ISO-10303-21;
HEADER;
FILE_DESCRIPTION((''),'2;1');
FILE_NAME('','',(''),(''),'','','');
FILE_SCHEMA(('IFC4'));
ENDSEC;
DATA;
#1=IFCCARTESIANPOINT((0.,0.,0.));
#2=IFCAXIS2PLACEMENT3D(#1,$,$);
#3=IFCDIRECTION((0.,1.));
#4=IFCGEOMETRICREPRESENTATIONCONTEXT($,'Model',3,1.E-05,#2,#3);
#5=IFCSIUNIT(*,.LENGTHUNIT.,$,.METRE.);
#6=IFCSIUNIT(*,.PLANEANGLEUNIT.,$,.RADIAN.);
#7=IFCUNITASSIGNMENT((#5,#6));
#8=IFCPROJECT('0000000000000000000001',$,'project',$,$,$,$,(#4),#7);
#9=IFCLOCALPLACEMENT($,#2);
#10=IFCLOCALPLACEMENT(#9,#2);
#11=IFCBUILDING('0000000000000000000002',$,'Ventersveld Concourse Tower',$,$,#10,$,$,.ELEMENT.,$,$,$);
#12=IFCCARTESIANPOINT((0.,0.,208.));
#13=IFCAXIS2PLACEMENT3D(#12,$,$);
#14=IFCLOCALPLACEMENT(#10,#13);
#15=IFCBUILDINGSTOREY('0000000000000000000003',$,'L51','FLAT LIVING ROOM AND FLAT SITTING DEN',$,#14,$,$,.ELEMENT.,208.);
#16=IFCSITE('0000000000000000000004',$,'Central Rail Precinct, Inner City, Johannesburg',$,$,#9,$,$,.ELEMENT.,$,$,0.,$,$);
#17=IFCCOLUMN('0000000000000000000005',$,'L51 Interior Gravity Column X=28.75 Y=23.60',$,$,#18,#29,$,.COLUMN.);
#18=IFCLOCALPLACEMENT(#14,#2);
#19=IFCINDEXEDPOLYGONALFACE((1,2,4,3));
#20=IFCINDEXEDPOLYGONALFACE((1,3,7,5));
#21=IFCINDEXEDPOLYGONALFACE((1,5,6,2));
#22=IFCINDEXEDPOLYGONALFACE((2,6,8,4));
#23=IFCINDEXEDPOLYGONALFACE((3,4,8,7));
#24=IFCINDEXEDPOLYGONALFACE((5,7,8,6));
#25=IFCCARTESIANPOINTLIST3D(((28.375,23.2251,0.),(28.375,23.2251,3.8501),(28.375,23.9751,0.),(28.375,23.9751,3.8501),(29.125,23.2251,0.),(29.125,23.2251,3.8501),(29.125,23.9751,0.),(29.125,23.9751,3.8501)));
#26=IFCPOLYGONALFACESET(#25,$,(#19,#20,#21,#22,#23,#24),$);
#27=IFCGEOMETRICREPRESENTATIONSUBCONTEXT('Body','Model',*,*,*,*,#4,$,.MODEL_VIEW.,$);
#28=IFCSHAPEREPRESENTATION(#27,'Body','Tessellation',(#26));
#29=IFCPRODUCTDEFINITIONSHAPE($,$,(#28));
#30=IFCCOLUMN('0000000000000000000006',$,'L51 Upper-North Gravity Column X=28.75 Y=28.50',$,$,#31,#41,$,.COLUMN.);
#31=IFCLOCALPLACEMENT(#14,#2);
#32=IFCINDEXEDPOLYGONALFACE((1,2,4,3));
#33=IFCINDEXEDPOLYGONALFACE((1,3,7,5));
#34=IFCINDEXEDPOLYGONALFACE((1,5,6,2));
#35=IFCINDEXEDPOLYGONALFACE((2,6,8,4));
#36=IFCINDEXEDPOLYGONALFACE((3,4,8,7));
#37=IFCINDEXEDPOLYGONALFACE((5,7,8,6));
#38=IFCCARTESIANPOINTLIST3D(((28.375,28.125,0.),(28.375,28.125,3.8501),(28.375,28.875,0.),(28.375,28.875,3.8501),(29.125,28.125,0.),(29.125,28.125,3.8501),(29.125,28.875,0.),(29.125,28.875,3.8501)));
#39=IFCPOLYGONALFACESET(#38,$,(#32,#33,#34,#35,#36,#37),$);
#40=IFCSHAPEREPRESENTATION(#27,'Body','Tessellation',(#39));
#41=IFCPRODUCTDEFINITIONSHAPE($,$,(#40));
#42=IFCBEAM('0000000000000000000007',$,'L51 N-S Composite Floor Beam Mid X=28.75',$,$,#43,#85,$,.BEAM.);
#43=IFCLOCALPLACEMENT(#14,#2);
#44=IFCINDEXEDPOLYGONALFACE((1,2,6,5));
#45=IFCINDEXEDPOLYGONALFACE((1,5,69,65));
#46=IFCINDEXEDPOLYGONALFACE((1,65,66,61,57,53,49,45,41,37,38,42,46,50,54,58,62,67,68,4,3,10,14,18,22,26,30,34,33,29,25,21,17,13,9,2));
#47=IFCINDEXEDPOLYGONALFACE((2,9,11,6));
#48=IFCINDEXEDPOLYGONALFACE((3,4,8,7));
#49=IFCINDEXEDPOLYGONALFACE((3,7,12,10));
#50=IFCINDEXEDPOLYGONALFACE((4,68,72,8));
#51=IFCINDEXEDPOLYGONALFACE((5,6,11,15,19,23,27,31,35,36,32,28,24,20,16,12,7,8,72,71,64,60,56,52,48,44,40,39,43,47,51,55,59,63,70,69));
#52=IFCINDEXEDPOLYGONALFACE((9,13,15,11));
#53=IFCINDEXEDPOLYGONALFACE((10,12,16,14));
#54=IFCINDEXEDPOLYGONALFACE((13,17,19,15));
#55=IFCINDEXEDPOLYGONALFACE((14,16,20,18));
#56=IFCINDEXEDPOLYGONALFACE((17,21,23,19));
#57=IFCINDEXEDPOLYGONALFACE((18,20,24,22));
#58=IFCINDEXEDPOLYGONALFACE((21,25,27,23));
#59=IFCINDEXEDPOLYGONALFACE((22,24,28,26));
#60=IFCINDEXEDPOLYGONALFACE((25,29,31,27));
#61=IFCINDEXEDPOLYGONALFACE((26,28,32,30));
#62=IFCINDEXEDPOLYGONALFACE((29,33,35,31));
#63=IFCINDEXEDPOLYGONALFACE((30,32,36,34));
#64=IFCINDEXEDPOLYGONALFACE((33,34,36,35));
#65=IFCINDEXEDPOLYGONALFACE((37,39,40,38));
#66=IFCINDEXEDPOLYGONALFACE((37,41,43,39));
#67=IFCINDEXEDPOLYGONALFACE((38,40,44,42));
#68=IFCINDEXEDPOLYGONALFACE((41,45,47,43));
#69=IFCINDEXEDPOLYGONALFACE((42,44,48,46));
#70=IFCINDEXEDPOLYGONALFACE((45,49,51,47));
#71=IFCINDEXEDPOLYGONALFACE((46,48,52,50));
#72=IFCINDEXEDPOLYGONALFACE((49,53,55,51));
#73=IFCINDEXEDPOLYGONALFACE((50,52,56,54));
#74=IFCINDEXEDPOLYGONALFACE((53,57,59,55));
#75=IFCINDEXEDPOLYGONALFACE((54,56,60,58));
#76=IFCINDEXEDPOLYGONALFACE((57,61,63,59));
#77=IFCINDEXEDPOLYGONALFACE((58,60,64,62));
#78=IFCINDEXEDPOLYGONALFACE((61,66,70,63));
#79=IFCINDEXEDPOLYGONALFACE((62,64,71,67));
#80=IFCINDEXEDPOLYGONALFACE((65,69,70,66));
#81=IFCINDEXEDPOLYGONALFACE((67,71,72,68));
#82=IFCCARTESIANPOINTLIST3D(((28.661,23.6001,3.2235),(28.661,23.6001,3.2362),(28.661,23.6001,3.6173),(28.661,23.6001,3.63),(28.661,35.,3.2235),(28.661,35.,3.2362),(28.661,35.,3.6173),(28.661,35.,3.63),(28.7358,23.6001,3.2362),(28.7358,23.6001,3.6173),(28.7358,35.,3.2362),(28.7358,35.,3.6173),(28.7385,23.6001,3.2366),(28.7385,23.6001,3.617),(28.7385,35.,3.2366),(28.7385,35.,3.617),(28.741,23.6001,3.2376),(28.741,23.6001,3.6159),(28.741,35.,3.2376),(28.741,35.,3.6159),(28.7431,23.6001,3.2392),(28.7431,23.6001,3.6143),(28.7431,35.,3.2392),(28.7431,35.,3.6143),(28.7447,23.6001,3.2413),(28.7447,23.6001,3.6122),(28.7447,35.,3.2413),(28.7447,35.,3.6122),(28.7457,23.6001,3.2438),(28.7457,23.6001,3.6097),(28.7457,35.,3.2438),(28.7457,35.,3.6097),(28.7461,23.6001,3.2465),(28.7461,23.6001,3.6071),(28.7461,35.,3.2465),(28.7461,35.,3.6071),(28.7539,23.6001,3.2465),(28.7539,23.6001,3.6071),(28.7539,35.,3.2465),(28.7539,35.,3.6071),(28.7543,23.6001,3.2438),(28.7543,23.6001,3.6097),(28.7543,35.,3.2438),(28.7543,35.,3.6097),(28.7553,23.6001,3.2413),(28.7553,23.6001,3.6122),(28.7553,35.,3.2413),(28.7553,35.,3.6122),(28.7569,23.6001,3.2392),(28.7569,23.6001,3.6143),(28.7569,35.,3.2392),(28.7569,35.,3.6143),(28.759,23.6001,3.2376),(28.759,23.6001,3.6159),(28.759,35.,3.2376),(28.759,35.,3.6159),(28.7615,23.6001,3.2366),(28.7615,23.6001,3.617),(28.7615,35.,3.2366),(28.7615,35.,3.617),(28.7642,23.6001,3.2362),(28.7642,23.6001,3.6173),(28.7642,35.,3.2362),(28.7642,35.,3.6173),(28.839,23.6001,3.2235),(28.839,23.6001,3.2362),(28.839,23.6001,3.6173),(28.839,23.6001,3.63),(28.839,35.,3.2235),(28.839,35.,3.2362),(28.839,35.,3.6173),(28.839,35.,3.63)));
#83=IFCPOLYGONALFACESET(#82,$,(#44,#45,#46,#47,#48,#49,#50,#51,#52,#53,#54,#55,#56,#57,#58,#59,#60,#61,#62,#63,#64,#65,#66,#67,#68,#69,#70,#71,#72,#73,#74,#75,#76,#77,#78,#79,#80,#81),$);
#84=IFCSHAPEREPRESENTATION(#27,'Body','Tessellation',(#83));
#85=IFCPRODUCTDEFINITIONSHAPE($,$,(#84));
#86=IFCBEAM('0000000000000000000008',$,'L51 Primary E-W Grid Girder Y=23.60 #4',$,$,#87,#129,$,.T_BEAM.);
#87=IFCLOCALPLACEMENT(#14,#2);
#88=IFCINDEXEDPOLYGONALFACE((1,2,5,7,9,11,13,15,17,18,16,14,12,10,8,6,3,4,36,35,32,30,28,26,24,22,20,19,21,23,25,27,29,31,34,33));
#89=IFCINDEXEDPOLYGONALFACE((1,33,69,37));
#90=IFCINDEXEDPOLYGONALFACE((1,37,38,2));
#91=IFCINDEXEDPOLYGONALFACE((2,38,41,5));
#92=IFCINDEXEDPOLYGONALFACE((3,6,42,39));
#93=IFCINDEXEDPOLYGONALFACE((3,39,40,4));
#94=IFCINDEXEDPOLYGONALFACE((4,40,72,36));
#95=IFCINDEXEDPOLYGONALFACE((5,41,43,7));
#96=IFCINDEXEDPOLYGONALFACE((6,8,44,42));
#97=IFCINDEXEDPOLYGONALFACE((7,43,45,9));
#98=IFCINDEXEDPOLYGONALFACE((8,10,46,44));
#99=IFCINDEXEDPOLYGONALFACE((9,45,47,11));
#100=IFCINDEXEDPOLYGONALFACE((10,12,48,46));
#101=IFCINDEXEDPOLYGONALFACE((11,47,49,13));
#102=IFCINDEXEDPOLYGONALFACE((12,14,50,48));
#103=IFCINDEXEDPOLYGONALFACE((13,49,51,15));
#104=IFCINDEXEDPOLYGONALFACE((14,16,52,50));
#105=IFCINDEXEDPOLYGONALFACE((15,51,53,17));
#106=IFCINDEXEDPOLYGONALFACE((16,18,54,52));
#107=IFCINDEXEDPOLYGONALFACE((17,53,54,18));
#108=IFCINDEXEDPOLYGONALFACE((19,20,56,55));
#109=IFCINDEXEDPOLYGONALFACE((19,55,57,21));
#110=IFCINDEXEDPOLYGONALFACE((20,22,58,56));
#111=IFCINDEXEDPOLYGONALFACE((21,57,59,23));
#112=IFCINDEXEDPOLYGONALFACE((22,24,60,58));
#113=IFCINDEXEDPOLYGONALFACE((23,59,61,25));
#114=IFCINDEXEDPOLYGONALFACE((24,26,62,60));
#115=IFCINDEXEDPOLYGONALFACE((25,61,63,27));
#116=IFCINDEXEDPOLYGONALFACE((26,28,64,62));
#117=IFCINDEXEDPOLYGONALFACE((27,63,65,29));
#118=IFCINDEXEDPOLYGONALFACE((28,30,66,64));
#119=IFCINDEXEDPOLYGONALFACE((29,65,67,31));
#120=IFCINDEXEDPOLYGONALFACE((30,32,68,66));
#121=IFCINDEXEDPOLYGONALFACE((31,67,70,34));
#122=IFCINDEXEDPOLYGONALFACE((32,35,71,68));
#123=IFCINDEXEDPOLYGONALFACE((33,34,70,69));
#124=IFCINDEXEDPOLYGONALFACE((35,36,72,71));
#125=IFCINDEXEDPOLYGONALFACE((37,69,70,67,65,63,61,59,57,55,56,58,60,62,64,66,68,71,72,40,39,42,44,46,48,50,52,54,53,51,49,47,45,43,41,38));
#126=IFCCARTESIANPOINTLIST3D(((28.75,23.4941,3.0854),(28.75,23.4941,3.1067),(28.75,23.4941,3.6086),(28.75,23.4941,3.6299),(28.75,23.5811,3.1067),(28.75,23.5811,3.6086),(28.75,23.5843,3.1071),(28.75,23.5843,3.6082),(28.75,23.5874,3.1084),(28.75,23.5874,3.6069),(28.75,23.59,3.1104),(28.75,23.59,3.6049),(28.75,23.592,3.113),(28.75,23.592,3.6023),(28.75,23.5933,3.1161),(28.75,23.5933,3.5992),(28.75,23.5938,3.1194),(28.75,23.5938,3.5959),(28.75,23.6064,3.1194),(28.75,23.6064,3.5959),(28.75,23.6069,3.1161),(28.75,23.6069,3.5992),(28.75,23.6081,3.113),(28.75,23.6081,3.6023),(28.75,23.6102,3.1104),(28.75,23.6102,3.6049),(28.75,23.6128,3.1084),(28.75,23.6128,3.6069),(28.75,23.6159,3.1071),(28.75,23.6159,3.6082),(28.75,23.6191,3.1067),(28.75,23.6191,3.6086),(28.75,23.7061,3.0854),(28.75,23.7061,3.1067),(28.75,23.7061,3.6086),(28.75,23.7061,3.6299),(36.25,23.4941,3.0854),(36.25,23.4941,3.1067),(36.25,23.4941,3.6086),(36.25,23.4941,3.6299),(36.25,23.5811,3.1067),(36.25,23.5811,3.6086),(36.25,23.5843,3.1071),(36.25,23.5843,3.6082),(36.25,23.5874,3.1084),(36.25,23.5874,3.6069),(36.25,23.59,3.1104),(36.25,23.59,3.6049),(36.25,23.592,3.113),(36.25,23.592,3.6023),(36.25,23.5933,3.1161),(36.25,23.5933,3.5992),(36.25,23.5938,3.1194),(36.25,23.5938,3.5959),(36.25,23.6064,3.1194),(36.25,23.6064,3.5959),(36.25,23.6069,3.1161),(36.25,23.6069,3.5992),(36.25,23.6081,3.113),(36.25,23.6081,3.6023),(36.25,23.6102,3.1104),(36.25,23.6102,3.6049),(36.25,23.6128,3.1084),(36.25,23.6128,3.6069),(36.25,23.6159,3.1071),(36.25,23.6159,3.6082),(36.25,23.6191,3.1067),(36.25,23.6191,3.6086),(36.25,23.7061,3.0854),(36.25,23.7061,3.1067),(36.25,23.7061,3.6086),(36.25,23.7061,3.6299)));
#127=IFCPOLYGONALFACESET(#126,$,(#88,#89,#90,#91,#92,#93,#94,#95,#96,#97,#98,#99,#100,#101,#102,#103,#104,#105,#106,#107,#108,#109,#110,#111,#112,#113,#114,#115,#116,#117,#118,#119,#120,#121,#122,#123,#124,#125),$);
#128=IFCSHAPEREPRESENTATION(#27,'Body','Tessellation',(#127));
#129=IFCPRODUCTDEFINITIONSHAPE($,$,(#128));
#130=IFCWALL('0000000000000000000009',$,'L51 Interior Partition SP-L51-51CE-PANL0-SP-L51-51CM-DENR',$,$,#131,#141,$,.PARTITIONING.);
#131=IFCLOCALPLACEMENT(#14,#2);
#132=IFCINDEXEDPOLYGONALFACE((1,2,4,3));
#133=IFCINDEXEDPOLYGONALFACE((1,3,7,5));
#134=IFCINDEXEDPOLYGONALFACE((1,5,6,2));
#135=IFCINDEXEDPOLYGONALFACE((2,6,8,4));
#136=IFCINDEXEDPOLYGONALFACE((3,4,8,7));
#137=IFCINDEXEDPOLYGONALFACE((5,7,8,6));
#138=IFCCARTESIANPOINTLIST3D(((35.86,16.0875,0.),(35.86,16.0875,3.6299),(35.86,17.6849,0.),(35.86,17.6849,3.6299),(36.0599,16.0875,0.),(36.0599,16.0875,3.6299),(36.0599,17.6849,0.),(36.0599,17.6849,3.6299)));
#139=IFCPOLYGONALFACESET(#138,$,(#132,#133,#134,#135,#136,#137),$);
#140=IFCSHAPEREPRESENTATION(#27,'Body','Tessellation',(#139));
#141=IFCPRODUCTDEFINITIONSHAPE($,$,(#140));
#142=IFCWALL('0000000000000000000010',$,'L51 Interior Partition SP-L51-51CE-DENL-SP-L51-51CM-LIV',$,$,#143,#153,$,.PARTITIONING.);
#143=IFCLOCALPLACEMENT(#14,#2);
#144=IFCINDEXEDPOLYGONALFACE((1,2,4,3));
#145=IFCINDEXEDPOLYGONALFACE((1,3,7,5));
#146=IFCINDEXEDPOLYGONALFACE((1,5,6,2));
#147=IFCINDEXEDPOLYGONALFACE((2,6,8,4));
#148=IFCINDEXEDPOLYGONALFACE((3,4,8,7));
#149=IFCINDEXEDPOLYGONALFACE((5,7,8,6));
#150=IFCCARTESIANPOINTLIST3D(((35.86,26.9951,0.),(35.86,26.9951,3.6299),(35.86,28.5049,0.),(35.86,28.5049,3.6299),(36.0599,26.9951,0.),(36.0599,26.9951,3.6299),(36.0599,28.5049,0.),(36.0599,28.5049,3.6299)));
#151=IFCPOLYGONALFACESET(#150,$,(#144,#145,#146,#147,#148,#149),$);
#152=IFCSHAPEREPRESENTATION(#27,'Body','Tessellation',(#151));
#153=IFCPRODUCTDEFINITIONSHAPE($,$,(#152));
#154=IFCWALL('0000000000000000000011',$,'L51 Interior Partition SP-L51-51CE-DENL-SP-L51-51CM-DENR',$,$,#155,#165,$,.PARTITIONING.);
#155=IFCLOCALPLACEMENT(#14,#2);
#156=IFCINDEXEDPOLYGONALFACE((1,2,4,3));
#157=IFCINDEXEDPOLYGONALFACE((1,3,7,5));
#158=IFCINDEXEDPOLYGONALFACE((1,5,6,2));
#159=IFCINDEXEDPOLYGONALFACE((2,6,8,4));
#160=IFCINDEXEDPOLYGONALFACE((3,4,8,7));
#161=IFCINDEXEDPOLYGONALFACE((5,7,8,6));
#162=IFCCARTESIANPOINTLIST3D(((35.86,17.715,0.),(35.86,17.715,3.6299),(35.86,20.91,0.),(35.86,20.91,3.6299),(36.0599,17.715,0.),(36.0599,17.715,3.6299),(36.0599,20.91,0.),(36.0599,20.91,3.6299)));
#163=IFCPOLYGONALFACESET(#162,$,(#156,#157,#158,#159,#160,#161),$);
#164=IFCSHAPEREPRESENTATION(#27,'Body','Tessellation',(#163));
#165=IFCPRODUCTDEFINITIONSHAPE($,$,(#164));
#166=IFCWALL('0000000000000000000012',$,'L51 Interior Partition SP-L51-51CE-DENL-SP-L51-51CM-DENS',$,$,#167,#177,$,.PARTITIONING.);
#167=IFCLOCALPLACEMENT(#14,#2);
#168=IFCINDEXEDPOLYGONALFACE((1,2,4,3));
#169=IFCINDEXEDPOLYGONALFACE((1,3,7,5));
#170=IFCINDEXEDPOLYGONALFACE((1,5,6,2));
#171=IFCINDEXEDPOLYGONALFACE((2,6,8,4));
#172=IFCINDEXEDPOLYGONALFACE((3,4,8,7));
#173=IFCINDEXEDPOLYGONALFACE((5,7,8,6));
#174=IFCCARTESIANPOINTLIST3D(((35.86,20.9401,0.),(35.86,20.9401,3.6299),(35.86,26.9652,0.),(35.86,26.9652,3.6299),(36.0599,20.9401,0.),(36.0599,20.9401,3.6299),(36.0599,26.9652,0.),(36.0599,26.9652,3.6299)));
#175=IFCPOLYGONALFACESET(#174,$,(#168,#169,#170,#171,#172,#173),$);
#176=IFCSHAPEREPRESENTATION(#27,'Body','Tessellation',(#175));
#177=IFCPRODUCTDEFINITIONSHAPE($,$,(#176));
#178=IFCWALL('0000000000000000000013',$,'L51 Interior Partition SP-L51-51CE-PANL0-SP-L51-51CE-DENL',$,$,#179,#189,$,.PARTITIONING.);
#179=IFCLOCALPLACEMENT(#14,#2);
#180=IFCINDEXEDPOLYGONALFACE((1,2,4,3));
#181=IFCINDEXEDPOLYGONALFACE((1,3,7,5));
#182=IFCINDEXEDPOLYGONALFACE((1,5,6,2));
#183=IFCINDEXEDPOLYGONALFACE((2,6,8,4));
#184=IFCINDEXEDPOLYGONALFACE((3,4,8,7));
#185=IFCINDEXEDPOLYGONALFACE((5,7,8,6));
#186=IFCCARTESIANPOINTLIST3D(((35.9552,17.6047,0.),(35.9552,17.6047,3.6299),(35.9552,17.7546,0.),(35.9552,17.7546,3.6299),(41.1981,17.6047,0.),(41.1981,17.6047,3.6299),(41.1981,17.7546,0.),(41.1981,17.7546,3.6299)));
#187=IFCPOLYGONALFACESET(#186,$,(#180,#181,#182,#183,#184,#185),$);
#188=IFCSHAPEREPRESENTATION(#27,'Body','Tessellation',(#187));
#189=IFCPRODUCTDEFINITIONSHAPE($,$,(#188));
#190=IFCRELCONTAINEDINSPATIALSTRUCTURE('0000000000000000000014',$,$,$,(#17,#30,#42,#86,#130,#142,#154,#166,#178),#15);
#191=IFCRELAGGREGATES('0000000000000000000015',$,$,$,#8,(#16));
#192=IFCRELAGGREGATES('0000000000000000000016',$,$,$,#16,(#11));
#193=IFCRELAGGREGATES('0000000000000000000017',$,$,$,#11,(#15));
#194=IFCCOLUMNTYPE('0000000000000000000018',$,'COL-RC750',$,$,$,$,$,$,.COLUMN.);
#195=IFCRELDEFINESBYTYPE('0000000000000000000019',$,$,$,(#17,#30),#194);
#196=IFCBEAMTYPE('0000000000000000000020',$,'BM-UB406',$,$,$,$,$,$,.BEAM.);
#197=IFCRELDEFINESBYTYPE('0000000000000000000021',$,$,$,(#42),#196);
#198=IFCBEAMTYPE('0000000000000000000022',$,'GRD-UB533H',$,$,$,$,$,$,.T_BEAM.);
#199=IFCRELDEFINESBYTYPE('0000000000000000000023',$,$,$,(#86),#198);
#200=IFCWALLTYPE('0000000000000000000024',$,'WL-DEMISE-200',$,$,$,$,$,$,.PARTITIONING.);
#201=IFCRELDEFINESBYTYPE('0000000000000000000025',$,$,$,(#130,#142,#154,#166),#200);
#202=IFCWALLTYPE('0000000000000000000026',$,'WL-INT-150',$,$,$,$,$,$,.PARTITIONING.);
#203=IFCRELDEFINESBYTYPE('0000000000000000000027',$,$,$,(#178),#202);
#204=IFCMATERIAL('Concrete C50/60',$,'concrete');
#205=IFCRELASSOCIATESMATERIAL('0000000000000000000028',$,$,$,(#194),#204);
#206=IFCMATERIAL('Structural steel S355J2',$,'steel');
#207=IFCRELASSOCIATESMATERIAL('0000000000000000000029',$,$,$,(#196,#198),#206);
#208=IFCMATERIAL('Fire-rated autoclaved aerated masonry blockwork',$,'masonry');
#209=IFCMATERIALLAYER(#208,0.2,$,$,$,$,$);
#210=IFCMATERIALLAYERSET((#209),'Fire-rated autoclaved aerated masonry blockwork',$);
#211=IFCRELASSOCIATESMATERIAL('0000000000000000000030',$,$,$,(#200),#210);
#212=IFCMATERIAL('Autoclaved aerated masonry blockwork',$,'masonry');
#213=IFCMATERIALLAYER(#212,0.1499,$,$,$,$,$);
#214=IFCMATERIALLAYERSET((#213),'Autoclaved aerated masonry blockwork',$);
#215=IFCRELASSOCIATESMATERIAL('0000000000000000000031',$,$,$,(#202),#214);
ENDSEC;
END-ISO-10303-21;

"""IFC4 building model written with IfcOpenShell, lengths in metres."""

from ifc_helpers import new_model, si_unit, direction, frame, frame_2d, origin, origin_2d, place, context, subcontext, project, spatial, rectangle, i_section, extrude, material, layer, layer_set, material_profile, profile_set, type_object, element, save


model = new_model("IFC4")

# Units and contexts
model_context = context("Model", 3, precision=1e-05, world=origin(), true_north=direction((0.0, 1.0)))
body_context = subcontext(model_context, "Body", "Model", "MODEL_VIEW")
ifc_project = project(units=[si_unit("LENGTHUNIT", "METRE"), si_unit("PLANEANGLEUNIT", "RADIAN")], contexts=[model_context])

# Site, building, storey
site_placement = place(None, origin())
site = spatial("IfcSite", under=ifc_project, at=site_placement, Name="Central Rail Precinct, Inner City, Johannesburg", CompositionType="ELEMENT", RefElevation=0.0)
building_placement = place(site_placement, origin())
building = spatial("IfcBuilding", under=site, at=building_placement, Name="Ventersveld Concourse Tower", CompositionType="ELEMENT")
storey_placement = place(building_placement, frame((0.0, 0.0, 208.0)))
storey = spatial("IfcBuildingStorey", under=building, at=storey_placement, Name="L51", Description="FLAT LIVING ROOM AND FLAT SITTING DEN", CompositionType="ELEMENT", Elevation=208.0)

# Columns
ifc_material_1 = material(Name="Concrete C50/60", Category="concrete")
ifc_material_profile_1 = material_profile(ifc_material_1, rectangle(XDim=0.75, YDim=0.75, at=origin_2d()), Name="RC 750x750")
ifc_profile_set_1 = profile_set([ifc_material_profile_1], Name="Concrete C50/60")
column_type = type_object("IfcColumnType", Name="COL-RC750", PredefinedType="COLUMN", material=ifc_profile_set_1)
for number, where, z_axis, x_axis, name in (
    (1, (28.75, 23.6001, 0.0), (0.0, 0.0, 1.0), (1.0, 0.0, 0.0), "L51 Interior Gravity Column X=28.75 Y=23.60"),
    (2, (28.75, 28.5, 0.0), (0.0, 0.0, 1.0), (1.0, 0.0, 0.0), "L51 Upper-North Gravity Column X=28.75 Y=28.50"),
):
    element("IfcColumn", number, at=place(storey_placement, frame(where, z_axis=z_axis, x_axis=x_axis)), inside=storey, type_object=column_type, Name=name, PredefinedType="COLUMN", context=body_context, shape_type="SweptSolid", body=[
        extrude(rectangle(XDim=0.75, YDim=0.75, at=origin_2d()), origin(), (0.0, 0.0, 1.0), 3.8501),
    ])

# Beams
ifc_material_2 = material(Name="Structural steel S355J2", Category="steel")
ifc_material_profile_2 = material_profile(ifc_material_2, i_section(OverallWidth=0.178, OverallDepth=0.4065, WebThickness=0.0078, FlangeThickness=0.0127, FilletRadius=0.0103, at=origin_2d()), Name="UB 406x178x60")
ifc_profile_set_2 = profile_set([ifc_material_profile_2], Name="Structural steel S355J2")
beam_type_1 = type_object("IfcBeamType", Name="BM-UB406", PredefinedType="BEAM", material=ifc_profile_set_2)
beam_1_placement = place(storey_placement, frame((28.75, 23.6001, 3.4268), z_axis=(0.0, 1.0, 0.0), x_axis=(-1.0, 0.0, 0.0)))
element("IfcBeam", 3, at=beam_1_placement, inside=storey, type_object=beam_type_1, Name="L51 N-S Composite Floor Beam Mid X=28.75", PredefinedType="BEAM", context=body_context, shape_type="SweptSolid", body=[
    extrude(i_section(OverallWidth=0.178, OverallDepth=0.4065, WebThickness=0.0078, FlangeThickness=0.0127, FilletRadius=0.0103, at=origin_2d()), origin(), (0.0, 0.0, 1.0), 11.3999),
])
ifc_material_profile_3 = material_profile(ifc_material_2, i_section(OverallWidth=0.2119, OverallDepth=0.5444, WebThickness=0.0127, FlangeThickness=0.0212, FilletRadius=0.0127, at=origin_2d()), Name="UB 533x210x122")
ifc_profile_set_3 = profile_set([ifc_material_profile_3], Name="Structural steel S355J2")
beam_type_2 = type_object("IfcBeamType", Name="GRD-UB533H", PredefinedType="T_BEAM", material=ifc_profile_set_3)
beam_2_placement = place(storey_placement, frame((28.75, 23.6001, 3.3577), z_axis=(1.0, 0.0, 0.0), x_axis=(0.0, 1.0, 0.0)))
element("IfcBeam", 4, at=beam_2_placement, inside=storey, type_object=beam_type_2, Name="L51 Primary E-W Grid Girder Y=23.60 #4", PredefinedType="T_BEAM", context=body_context, shape_type="SweptSolid", body=[
    extrude(i_section(OverallWidth=0.2119, OverallDepth=0.5444, WebThickness=0.0127, FlangeThickness=0.0212, FilletRadius=0.0127, at=origin_2d()), origin(), (0.0, 0.0, 1.0), 7.5),
])

# Walls
ifc_material_3 = material(Name="Fire-rated autoclaved aerated masonry blockwork", Category="masonry")
ifc_layer_1 = layer(ifc_material_3, 0.2)
ifc_layer_set_1 = layer_set([ifc_layer_1], Name="Fire-rated autoclaved aerated masonry blockwork")
wall_type_1 = type_object("IfcWallType", Name="WL-DEMISE-200", PredefinedType="PARTITIONING", material=ifc_layer_set_1)
wall_1_placement = place(storey_placement, frame((35.96, 16.0874, 0.0), z_axis=(0.0, 0.0, 1.0), x_axis=(0.0, 1.0, 0.0)))
element("IfcWall", 5, at=wall_1_placement, inside=storey, type_object=wall_type_1, Name="L51 Interior Partition SP-L51-51CE-PANL0-SP-L51-51CM-DENR", PredefinedType="PARTITIONING", context=body_context, shape_type="SweptSolid", body=[
    extrude(rectangle(XDim=1.5974, YDim=0.2, at=frame_2d((0.7988, 0.0))), origin(), (0.0, 0.0, 1.0), 3.6299),
])
wall_2_placement = place(storey_placement, frame((35.96, 26.9951, 0.0), z_axis=(0.0, 0.0, 1.0), x_axis=(0.0, 1.0, 0.0)))
element("IfcWall", 6, at=wall_2_placement, inside=storey, type_object=wall_type_1, Name="L51 Interior Partition SP-L51-51CE-DENL-SP-L51-51CM-LIV", PredefinedType="PARTITIONING", context=body_context, shape_type="SweptSolid", body=[
    extrude(rectangle(XDim=1.5098, YDim=0.2, at=frame_2d((0.7549, 0.0))), origin(), (0.0, 0.0, 1.0), 3.6299),
])
wall_3_placement = place(storey_placement, frame((35.96, 17.7148, 0.0), z_axis=(0.0, 0.0, 1.0), x_axis=(0.0, 1.0, 0.0)))
element("IfcWall", 7, at=wall_3_placement, inside=storey, type_object=wall_type_1, Name="L51 Interior Partition SP-L51-51CE-DENL-SP-L51-51CM-DENR", PredefinedType="PARTITIONING", context=body_context, shape_type="SweptSolid", body=[
    extrude(rectangle(XDim=3.1951, YDim=0.2, at=frame_2d((1.5977, 0.0))), origin(), (0.0, 0.0, 1.0), 3.6299),
])
wall_4_placement = place(storey_placement, frame((35.96, 20.9399, 0.0), z_axis=(0.0, 0.0, 1.0), x_axis=(0.0, 1.0, 0.0)))
element("IfcWall", 8, at=wall_4_placement, inside=storey, type_object=wall_type_1, Name="L51 Interior Partition SP-L51-51CE-DENL-SP-L51-51CM-DENS", PredefinedType="PARTITIONING", context=body_context, shape_type="SweptSolid", body=[
    extrude(rectangle(XDim=6.0251, YDim=0.2, at=frame_2d((3.0127, 0.0))), origin(), (0.0, 0.0, 1.0), 3.6299),
])
ifc_material_4 = material(Name="Autoclaved aerated masonry blockwork", Category="masonry")
ifc_layer_2 = layer(ifc_material_4, 0.1499)
ifc_layer_set_2 = layer_set([ifc_layer_2], Name="Autoclaved aerated masonry blockwork")
wall_type_2 = type_object("IfcWallType", Name="WL-INT-150", PredefinedType="PARTITIONING", material=ifc_layer_set_2)
wall_5_placement = place(storey_placement, frame((35.9551, 17.6797, 0.0), z_axis=(0.0, 0.0, 1.0), x_axis=(1.0, 0.0, 0.0)))
element("IfcWall", 9, at=wall_5_placement, inside=storey, type_object=wall_type_2, Name="L51 Interior Partition SP-L51-51CE-PANL0-SP-L51-51CE-DENL", PredefinedType="PARTITIONING", context=body_context, shape_type="SweptSolid", body=[
    extrude(rectangle(XDim=5.2429, YDim=0.1499, at=frame_2d((2.6216, 0.0))), origin(), (0.0, 0.0, 1.0), 3.6299),
])

save(model, "model.ifc")
